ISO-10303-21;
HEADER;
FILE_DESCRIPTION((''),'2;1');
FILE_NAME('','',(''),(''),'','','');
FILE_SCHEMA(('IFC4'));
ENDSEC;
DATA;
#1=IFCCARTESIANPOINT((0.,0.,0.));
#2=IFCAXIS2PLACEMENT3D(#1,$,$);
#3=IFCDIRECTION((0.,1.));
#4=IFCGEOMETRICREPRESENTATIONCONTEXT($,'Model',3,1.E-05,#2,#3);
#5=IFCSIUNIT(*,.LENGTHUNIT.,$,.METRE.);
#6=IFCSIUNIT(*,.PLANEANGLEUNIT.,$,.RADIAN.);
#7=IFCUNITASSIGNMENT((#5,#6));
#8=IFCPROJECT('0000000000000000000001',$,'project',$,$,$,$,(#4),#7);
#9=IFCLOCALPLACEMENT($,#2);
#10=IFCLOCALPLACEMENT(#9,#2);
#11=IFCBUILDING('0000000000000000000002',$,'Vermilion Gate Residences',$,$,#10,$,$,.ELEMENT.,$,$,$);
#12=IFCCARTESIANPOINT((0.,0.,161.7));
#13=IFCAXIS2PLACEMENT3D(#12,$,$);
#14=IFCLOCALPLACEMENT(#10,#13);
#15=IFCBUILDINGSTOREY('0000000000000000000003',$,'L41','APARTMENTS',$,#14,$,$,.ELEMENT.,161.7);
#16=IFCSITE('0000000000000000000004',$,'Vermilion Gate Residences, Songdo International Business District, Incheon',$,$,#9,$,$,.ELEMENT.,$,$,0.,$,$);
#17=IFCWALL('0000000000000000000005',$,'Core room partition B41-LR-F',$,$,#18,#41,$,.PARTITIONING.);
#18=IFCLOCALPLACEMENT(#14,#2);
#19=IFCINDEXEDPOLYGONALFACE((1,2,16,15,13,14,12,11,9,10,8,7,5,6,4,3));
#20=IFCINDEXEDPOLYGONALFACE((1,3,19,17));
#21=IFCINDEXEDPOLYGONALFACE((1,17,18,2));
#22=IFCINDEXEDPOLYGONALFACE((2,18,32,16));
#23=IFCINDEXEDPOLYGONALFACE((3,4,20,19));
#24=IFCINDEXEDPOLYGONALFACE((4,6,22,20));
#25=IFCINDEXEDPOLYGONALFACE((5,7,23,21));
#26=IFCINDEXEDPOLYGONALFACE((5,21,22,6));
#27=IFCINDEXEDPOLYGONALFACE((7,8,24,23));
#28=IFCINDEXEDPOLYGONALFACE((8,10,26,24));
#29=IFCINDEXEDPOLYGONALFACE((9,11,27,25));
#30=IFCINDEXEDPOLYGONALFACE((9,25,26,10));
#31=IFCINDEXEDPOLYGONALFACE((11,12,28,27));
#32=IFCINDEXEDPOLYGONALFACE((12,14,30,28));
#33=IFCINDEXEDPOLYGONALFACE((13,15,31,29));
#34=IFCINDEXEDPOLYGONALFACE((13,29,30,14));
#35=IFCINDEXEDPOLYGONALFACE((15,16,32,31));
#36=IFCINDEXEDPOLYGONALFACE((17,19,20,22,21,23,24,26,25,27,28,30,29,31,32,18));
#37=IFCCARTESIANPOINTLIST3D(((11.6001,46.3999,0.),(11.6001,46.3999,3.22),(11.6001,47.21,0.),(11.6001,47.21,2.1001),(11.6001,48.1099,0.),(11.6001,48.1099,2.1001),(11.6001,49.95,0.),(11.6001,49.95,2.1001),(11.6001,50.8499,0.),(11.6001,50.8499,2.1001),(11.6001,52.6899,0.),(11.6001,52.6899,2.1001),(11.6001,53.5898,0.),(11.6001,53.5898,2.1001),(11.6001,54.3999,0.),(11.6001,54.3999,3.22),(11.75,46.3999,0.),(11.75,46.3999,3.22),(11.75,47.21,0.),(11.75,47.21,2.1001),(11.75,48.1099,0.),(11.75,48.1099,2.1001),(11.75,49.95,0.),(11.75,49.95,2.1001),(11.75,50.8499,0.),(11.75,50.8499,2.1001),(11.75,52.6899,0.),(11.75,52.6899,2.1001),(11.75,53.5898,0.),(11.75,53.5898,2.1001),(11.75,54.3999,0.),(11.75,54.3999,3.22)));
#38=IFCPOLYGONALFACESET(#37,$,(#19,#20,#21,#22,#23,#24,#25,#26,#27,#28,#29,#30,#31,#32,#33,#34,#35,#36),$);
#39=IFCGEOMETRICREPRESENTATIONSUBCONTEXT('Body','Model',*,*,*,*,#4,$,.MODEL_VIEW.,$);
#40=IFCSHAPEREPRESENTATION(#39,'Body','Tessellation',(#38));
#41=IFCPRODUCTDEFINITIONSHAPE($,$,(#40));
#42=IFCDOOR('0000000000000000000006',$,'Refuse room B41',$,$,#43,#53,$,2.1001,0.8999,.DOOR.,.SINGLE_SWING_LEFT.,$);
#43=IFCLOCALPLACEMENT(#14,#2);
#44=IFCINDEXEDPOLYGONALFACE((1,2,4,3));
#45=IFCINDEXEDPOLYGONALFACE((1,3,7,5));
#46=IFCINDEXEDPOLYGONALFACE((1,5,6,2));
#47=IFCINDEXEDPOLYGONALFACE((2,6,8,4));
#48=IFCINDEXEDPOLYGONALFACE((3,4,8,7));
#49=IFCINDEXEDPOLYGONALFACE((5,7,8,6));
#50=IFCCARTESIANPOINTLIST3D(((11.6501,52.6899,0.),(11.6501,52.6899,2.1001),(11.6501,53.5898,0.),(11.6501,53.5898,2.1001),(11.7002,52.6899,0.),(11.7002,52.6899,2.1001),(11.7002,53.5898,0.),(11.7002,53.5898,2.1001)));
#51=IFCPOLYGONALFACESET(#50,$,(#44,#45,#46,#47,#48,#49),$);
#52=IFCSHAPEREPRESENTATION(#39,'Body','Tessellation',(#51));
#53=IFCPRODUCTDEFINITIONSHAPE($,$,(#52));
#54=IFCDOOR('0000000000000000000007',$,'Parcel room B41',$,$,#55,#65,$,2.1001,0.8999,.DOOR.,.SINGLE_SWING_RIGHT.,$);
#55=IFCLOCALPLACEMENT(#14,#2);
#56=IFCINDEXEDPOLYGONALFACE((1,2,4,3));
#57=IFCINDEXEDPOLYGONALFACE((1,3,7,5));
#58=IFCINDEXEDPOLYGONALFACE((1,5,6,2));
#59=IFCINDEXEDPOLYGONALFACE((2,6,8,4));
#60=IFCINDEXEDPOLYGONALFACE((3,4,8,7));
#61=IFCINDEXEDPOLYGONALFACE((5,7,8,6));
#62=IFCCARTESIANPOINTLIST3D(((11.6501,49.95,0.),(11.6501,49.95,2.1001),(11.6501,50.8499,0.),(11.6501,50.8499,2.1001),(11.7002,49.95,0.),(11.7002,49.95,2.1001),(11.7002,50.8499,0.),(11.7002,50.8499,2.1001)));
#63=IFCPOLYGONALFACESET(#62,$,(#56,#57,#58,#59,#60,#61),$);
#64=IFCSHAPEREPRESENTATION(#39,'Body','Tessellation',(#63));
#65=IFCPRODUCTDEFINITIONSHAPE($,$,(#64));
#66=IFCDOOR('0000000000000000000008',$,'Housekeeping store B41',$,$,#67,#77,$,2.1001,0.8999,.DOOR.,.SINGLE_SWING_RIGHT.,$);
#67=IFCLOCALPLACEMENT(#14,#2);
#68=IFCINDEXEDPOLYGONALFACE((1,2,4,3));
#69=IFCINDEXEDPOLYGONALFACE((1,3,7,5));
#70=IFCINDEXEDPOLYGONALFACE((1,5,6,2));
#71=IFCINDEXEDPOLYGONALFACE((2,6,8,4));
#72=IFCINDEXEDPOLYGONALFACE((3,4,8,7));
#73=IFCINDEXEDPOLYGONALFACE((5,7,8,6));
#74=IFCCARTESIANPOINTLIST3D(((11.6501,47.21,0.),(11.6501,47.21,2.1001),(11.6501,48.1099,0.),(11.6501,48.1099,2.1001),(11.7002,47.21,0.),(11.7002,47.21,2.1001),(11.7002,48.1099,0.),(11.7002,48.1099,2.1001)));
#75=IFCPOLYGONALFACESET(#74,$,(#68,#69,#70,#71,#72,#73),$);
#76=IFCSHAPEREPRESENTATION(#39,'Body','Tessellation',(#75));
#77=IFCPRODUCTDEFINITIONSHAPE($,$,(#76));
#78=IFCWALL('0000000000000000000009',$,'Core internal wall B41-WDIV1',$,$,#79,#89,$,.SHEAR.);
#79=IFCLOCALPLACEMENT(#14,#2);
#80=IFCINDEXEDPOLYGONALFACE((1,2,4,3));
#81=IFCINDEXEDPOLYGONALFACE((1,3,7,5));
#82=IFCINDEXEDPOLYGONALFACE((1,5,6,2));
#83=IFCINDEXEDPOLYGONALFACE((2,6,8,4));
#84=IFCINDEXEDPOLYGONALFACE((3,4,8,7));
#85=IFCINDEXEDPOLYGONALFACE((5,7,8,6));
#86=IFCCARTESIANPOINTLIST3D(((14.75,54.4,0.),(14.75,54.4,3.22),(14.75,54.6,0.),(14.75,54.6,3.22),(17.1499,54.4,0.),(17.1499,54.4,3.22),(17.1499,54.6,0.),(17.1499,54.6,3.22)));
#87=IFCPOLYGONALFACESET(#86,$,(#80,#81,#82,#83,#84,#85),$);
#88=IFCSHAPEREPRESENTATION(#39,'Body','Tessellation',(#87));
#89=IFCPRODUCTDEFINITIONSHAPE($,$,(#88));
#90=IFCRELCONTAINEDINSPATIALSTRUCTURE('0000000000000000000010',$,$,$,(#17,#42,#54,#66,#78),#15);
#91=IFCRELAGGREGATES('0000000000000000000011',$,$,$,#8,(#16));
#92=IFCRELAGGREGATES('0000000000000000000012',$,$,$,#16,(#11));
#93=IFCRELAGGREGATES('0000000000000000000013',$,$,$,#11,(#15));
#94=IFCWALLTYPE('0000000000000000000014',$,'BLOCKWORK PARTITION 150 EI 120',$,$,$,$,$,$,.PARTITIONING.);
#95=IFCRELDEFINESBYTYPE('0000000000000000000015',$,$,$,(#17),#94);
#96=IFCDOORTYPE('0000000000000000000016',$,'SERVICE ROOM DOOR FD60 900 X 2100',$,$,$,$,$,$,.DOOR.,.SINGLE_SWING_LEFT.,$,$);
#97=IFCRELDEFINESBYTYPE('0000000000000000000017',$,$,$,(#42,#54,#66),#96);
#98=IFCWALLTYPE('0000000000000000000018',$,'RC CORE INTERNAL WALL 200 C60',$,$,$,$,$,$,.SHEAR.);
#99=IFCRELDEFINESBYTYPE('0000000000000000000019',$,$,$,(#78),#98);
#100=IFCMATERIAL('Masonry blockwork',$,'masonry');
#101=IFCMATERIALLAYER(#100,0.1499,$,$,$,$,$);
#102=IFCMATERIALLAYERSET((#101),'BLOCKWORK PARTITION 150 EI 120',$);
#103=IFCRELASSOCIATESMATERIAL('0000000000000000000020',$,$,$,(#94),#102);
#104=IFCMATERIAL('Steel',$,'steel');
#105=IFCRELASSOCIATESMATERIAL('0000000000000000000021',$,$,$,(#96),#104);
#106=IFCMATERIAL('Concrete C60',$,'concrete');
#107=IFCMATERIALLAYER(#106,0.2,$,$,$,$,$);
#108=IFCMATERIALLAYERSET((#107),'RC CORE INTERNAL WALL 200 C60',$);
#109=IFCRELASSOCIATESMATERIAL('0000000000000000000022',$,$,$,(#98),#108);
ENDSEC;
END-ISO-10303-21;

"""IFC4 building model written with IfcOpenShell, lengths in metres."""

from ifc_helpers import new_model, si_unit, direction, frame, frame_2d, origin, place, context, subcontext, project, spatial, rectangle, extrude, material, layer, layer_set, type_object, element, fill, save


model = new_model("IFC4")

# Units and contexts
model_context = context("Model", 3, precision=1e-05, world=origin(), true_north=direction((0.0, 1.0)))
body_context = subcontext(model_context, "Body", "Model", "MODEL_VIEW")
ifc_project = project(units=[si_unit("LENGTHUNIT", "METRE"), si_unit("PLANEANGLEUNIT", "RADIAN")], contexts=[model_context])

# Site, building, storey
site_placement = place(None, origin())
site = spatial("IfcSite", under=ifc_project, at=site_placement, Name="Vermilion Gate Residences, Songdo International Business District, Incheon", CompositionType="ELEMENT", RefElevation=0.0)
building_placement = place(site_placement, origin())
building = spatial("IfcBuilding", under=site, at=building_placement, Name="Vermilion Gate Residences", CompositionType="ELEMENT")
storey_placement = place(building_placement, frame((0.0, 0.0, 161.7)))
storey = spatial("IfcBuildingStorey", under=building, at=storey_placement, Name="L41", Description="APARTMENTS", CompositionType="ELEMENT", Elevation=161.7)

# Wall, openings, doors
ifc_material_1 = material(Name="Masonry blockwork", Category="masonry")
ifc_layer_1 = layer(ifc_material_1, 0.1499)
ifc_layer_set_1 = layer_set([ifc_layer_1], Name="BLOCKWORK PARTITION 150 EI 120")
wall_type_1 = type_object("IfcWallType", Name="BLOCKWORK PARTITION 150 EI 120", PredefinedType="PARTITIONING", material=ifc_layer_set_1)
wall_1_placement = place(storey_placement, frame((11.675, 54.3999, 0.0), z_axis=(0.0, 0.0, 1.0), x_axis=(0.0, -1.0, 0.0)))
wall_1 = element("IfcWall", 1, at=wall_1_placement, inside=storey, type_object=wall_type_1, Name="Core room partition B41-LR-F", PredefinedType="PARTITIONING", context=body_context, shape_type="SweptSolid", body=[
    extrude(rectangle(XDim=8.0, YDim=0.1499, at=frame_2d((4.0, 0.0))), origin(), (0.0, 0.0, 1.0), 3.22),
])
opening_1_placement = place(wall_1_placement, frame((0.8101, 0.0, 0.0)))
opening_1 = element("IfcOpeningElement", 2, at=opening_1_placement, cuts=wall_1, PredefinedType="OPENING", context=body_context, shape_type="SweptSolid", body=[
    extrude(rectangle(XDim=0.8999, YDim=2.1001, at=frame_2d((0.45, 1.05))), frame((0.0, 0.085, 0.0), z_axis=(0.0, -1.0, 0.0), x_axis=(1.0, 0.0, 0.0)), (0.0, 0.0, 1.0), 0.1699),
])
opening_2_placement = place(wall_1_placement, frame((3.55, 0.0, 0.0)))
opening_2 = element("IfcOpeningElement", 3, at=opening_2_placement, cuts=wall_1, PredefinedType="OPENING", context=body_context, shape_type="SweptSolid", body=[
    extrude(rectangle(XDim=0.8999, YDim=2.1001, at=frame_2d((0.45, 1.05))), frame((0.0, 0.085, 0.0), z_axis=(0.0, -1.0, 0.0), x_axis=(1.0, 0.0, 0.0)), (0.0, 0.0, 1.0), 0.1699),
])
opening_3_placement = place(wall_1_placement, frame((6.29, 0.0, 0.0)))
opening_3 = element("IfcOpeningElement", 4, at=opening_3_placement, cuts=wall_1, PredefinedType="OPENING", context=body_context, shape_type="SweptSolid", body=[
    extrude(rectangle(XDim=0.8999, YDim=2.1001, at=frame_2d((0.45, 1.05))), frame((0.0, 0.085, 0.0), z_axis=(0.0, -1.0, 0.0), x_axis=(1.0, 0.0, 0.0)), (0.0, 0.0, 1.0), 0.1699),
])
ifc_material_2 = material(Name="Steel", Category="steel")
door_type = type_object("IfcDoorType", Name="SERVICE ROOM DOOR FD60 900 X 2100", OperationType="SINGLE_SWING_LEFT", PredefinedType="DOOR", material=ifc_material_2)
door_1_placement = place(opening_1_placement, frame((0.8999, 0.0, 0.0), z_axis=(0.0, 0.0, 1.0), x_axis=(-1.0, 0.0, 0.0)))
door_1 = element("IfcDoor", 5, at=door_1_placement, inside=storey, type_object=door_type, Name="Refuse room B41", OperationType="SINGLE_SWING_LEFT", OverallHeight=2.1001, OverallWidth=0.8999, PredefinedType="DOOR", context=body_context, shape_type="SweptSolid", body=[
    extrude(rectangle(XDim=0.8999, YDim=2.1001, at=frame_2d((0.45, 1.05))), frame((0.0, 0.0249, 0.0), z_axis=(0.0, -1.0, 0.0), x_axis=(1.0, 0.0, 0.0)), (0.0, 0.0, 1.0), 0.05),
])
fill(opening_1, door_1)
door_2_placement = place(opening_2_placement, frame((0.8999, 0.0, 0.0), z_axis=(0.0, 0.0, 1.0), x_axis=(-1.0, 0.0, 0.0)))
door_2 = element("IfcDoor", 6, at=door_2_placement, inside=storey, type_object=door_type, Name="Parcel room B41", OperationType="SINGLE_SWING_RIGHT", OverallHeight=2.1001, OverallWidth=0.8999, PredefinedType="DOOR", context=body_context, shape_type="SweptSolid", body=[
    extrude(rectangle(XDim=0.8999, YDim=2.1001, at=frame_2d((0.45, 1.05))), frame((0.0, 0.0249, 0.0), z_axis=(0.0, -1.0, 0.0), x_axis=(1.0, 0.0, 0.0)), (0.0, 0.0, 1.0), 0.05),
])
fill(opening_2, door_2)
door_3_placement = place(opening_3_placement, frame((0.8999, 0.0, 0.0), z_axis=(0.0, 0.0, 1.0), x_axis=(-1.0, 0.0, 0.0)))
door_3 = element("IfcDoor", 7, at=door_3_placement, inside=storey, type_object=door_type, Name="Housekeeping store B41", OperationType="SINGLE_SWING_RIGHT", OverallHeight=2.1001, OverallWidth=0.8999, PredefinedType="DOOR", context=body_context, shape_type="SweptSolid", body=[
    extrude(rectangle(XDim=0.8999, YDim=2.1001, at=frame_2d((0.45, 1.05))), frame((0.0, 0.0249, 0.0), z_axis=(0.0, -1.0, 0.0), x_axis=(1.0, 0.0, 0.0)), (0.0, 0.0, 1.0), 0.05),
])
fill(opening_3, door_3)

# Wall
ifc_material_3 = material(Name="Concrete C60", Category="concrete")
ifc_layer_2 = layer(ifc_material_3, 0.2)
ifc_layer_set_2 = layer_set([ifc_layer_2], Name="RC CORE INTERNAL WALL 200 C60")
wall_type_2 = type_object("IfcWallType", Name="RC CORE INTERNAL WALL 200 C60", PredefinedType="SHEAR", material=ifc_layer_set_2)
wall_2_placement = place(storey_placement, frame((14.75, 54.5, 0.0), z_axis=(0.0, 0.0, 1.0), x_axis=(1.0, 0.0, 0.0)))
element("IfcWall", 8, at=wall_2_placement, inside=storey, type_object=wall_type_2, Name="Core internal wall B41-WDIV1", PredefinedType="SHEAR", context=body_context, shape_type="SweptSolid", body=[
    extrude(rectangle(XDim=2.3999, YDim=0.2, at=frame_2d((1.2, 0.0))), origin(), (0.0, 0.0, 1.0), 3.22),
])

save(model, "model.ifc")
